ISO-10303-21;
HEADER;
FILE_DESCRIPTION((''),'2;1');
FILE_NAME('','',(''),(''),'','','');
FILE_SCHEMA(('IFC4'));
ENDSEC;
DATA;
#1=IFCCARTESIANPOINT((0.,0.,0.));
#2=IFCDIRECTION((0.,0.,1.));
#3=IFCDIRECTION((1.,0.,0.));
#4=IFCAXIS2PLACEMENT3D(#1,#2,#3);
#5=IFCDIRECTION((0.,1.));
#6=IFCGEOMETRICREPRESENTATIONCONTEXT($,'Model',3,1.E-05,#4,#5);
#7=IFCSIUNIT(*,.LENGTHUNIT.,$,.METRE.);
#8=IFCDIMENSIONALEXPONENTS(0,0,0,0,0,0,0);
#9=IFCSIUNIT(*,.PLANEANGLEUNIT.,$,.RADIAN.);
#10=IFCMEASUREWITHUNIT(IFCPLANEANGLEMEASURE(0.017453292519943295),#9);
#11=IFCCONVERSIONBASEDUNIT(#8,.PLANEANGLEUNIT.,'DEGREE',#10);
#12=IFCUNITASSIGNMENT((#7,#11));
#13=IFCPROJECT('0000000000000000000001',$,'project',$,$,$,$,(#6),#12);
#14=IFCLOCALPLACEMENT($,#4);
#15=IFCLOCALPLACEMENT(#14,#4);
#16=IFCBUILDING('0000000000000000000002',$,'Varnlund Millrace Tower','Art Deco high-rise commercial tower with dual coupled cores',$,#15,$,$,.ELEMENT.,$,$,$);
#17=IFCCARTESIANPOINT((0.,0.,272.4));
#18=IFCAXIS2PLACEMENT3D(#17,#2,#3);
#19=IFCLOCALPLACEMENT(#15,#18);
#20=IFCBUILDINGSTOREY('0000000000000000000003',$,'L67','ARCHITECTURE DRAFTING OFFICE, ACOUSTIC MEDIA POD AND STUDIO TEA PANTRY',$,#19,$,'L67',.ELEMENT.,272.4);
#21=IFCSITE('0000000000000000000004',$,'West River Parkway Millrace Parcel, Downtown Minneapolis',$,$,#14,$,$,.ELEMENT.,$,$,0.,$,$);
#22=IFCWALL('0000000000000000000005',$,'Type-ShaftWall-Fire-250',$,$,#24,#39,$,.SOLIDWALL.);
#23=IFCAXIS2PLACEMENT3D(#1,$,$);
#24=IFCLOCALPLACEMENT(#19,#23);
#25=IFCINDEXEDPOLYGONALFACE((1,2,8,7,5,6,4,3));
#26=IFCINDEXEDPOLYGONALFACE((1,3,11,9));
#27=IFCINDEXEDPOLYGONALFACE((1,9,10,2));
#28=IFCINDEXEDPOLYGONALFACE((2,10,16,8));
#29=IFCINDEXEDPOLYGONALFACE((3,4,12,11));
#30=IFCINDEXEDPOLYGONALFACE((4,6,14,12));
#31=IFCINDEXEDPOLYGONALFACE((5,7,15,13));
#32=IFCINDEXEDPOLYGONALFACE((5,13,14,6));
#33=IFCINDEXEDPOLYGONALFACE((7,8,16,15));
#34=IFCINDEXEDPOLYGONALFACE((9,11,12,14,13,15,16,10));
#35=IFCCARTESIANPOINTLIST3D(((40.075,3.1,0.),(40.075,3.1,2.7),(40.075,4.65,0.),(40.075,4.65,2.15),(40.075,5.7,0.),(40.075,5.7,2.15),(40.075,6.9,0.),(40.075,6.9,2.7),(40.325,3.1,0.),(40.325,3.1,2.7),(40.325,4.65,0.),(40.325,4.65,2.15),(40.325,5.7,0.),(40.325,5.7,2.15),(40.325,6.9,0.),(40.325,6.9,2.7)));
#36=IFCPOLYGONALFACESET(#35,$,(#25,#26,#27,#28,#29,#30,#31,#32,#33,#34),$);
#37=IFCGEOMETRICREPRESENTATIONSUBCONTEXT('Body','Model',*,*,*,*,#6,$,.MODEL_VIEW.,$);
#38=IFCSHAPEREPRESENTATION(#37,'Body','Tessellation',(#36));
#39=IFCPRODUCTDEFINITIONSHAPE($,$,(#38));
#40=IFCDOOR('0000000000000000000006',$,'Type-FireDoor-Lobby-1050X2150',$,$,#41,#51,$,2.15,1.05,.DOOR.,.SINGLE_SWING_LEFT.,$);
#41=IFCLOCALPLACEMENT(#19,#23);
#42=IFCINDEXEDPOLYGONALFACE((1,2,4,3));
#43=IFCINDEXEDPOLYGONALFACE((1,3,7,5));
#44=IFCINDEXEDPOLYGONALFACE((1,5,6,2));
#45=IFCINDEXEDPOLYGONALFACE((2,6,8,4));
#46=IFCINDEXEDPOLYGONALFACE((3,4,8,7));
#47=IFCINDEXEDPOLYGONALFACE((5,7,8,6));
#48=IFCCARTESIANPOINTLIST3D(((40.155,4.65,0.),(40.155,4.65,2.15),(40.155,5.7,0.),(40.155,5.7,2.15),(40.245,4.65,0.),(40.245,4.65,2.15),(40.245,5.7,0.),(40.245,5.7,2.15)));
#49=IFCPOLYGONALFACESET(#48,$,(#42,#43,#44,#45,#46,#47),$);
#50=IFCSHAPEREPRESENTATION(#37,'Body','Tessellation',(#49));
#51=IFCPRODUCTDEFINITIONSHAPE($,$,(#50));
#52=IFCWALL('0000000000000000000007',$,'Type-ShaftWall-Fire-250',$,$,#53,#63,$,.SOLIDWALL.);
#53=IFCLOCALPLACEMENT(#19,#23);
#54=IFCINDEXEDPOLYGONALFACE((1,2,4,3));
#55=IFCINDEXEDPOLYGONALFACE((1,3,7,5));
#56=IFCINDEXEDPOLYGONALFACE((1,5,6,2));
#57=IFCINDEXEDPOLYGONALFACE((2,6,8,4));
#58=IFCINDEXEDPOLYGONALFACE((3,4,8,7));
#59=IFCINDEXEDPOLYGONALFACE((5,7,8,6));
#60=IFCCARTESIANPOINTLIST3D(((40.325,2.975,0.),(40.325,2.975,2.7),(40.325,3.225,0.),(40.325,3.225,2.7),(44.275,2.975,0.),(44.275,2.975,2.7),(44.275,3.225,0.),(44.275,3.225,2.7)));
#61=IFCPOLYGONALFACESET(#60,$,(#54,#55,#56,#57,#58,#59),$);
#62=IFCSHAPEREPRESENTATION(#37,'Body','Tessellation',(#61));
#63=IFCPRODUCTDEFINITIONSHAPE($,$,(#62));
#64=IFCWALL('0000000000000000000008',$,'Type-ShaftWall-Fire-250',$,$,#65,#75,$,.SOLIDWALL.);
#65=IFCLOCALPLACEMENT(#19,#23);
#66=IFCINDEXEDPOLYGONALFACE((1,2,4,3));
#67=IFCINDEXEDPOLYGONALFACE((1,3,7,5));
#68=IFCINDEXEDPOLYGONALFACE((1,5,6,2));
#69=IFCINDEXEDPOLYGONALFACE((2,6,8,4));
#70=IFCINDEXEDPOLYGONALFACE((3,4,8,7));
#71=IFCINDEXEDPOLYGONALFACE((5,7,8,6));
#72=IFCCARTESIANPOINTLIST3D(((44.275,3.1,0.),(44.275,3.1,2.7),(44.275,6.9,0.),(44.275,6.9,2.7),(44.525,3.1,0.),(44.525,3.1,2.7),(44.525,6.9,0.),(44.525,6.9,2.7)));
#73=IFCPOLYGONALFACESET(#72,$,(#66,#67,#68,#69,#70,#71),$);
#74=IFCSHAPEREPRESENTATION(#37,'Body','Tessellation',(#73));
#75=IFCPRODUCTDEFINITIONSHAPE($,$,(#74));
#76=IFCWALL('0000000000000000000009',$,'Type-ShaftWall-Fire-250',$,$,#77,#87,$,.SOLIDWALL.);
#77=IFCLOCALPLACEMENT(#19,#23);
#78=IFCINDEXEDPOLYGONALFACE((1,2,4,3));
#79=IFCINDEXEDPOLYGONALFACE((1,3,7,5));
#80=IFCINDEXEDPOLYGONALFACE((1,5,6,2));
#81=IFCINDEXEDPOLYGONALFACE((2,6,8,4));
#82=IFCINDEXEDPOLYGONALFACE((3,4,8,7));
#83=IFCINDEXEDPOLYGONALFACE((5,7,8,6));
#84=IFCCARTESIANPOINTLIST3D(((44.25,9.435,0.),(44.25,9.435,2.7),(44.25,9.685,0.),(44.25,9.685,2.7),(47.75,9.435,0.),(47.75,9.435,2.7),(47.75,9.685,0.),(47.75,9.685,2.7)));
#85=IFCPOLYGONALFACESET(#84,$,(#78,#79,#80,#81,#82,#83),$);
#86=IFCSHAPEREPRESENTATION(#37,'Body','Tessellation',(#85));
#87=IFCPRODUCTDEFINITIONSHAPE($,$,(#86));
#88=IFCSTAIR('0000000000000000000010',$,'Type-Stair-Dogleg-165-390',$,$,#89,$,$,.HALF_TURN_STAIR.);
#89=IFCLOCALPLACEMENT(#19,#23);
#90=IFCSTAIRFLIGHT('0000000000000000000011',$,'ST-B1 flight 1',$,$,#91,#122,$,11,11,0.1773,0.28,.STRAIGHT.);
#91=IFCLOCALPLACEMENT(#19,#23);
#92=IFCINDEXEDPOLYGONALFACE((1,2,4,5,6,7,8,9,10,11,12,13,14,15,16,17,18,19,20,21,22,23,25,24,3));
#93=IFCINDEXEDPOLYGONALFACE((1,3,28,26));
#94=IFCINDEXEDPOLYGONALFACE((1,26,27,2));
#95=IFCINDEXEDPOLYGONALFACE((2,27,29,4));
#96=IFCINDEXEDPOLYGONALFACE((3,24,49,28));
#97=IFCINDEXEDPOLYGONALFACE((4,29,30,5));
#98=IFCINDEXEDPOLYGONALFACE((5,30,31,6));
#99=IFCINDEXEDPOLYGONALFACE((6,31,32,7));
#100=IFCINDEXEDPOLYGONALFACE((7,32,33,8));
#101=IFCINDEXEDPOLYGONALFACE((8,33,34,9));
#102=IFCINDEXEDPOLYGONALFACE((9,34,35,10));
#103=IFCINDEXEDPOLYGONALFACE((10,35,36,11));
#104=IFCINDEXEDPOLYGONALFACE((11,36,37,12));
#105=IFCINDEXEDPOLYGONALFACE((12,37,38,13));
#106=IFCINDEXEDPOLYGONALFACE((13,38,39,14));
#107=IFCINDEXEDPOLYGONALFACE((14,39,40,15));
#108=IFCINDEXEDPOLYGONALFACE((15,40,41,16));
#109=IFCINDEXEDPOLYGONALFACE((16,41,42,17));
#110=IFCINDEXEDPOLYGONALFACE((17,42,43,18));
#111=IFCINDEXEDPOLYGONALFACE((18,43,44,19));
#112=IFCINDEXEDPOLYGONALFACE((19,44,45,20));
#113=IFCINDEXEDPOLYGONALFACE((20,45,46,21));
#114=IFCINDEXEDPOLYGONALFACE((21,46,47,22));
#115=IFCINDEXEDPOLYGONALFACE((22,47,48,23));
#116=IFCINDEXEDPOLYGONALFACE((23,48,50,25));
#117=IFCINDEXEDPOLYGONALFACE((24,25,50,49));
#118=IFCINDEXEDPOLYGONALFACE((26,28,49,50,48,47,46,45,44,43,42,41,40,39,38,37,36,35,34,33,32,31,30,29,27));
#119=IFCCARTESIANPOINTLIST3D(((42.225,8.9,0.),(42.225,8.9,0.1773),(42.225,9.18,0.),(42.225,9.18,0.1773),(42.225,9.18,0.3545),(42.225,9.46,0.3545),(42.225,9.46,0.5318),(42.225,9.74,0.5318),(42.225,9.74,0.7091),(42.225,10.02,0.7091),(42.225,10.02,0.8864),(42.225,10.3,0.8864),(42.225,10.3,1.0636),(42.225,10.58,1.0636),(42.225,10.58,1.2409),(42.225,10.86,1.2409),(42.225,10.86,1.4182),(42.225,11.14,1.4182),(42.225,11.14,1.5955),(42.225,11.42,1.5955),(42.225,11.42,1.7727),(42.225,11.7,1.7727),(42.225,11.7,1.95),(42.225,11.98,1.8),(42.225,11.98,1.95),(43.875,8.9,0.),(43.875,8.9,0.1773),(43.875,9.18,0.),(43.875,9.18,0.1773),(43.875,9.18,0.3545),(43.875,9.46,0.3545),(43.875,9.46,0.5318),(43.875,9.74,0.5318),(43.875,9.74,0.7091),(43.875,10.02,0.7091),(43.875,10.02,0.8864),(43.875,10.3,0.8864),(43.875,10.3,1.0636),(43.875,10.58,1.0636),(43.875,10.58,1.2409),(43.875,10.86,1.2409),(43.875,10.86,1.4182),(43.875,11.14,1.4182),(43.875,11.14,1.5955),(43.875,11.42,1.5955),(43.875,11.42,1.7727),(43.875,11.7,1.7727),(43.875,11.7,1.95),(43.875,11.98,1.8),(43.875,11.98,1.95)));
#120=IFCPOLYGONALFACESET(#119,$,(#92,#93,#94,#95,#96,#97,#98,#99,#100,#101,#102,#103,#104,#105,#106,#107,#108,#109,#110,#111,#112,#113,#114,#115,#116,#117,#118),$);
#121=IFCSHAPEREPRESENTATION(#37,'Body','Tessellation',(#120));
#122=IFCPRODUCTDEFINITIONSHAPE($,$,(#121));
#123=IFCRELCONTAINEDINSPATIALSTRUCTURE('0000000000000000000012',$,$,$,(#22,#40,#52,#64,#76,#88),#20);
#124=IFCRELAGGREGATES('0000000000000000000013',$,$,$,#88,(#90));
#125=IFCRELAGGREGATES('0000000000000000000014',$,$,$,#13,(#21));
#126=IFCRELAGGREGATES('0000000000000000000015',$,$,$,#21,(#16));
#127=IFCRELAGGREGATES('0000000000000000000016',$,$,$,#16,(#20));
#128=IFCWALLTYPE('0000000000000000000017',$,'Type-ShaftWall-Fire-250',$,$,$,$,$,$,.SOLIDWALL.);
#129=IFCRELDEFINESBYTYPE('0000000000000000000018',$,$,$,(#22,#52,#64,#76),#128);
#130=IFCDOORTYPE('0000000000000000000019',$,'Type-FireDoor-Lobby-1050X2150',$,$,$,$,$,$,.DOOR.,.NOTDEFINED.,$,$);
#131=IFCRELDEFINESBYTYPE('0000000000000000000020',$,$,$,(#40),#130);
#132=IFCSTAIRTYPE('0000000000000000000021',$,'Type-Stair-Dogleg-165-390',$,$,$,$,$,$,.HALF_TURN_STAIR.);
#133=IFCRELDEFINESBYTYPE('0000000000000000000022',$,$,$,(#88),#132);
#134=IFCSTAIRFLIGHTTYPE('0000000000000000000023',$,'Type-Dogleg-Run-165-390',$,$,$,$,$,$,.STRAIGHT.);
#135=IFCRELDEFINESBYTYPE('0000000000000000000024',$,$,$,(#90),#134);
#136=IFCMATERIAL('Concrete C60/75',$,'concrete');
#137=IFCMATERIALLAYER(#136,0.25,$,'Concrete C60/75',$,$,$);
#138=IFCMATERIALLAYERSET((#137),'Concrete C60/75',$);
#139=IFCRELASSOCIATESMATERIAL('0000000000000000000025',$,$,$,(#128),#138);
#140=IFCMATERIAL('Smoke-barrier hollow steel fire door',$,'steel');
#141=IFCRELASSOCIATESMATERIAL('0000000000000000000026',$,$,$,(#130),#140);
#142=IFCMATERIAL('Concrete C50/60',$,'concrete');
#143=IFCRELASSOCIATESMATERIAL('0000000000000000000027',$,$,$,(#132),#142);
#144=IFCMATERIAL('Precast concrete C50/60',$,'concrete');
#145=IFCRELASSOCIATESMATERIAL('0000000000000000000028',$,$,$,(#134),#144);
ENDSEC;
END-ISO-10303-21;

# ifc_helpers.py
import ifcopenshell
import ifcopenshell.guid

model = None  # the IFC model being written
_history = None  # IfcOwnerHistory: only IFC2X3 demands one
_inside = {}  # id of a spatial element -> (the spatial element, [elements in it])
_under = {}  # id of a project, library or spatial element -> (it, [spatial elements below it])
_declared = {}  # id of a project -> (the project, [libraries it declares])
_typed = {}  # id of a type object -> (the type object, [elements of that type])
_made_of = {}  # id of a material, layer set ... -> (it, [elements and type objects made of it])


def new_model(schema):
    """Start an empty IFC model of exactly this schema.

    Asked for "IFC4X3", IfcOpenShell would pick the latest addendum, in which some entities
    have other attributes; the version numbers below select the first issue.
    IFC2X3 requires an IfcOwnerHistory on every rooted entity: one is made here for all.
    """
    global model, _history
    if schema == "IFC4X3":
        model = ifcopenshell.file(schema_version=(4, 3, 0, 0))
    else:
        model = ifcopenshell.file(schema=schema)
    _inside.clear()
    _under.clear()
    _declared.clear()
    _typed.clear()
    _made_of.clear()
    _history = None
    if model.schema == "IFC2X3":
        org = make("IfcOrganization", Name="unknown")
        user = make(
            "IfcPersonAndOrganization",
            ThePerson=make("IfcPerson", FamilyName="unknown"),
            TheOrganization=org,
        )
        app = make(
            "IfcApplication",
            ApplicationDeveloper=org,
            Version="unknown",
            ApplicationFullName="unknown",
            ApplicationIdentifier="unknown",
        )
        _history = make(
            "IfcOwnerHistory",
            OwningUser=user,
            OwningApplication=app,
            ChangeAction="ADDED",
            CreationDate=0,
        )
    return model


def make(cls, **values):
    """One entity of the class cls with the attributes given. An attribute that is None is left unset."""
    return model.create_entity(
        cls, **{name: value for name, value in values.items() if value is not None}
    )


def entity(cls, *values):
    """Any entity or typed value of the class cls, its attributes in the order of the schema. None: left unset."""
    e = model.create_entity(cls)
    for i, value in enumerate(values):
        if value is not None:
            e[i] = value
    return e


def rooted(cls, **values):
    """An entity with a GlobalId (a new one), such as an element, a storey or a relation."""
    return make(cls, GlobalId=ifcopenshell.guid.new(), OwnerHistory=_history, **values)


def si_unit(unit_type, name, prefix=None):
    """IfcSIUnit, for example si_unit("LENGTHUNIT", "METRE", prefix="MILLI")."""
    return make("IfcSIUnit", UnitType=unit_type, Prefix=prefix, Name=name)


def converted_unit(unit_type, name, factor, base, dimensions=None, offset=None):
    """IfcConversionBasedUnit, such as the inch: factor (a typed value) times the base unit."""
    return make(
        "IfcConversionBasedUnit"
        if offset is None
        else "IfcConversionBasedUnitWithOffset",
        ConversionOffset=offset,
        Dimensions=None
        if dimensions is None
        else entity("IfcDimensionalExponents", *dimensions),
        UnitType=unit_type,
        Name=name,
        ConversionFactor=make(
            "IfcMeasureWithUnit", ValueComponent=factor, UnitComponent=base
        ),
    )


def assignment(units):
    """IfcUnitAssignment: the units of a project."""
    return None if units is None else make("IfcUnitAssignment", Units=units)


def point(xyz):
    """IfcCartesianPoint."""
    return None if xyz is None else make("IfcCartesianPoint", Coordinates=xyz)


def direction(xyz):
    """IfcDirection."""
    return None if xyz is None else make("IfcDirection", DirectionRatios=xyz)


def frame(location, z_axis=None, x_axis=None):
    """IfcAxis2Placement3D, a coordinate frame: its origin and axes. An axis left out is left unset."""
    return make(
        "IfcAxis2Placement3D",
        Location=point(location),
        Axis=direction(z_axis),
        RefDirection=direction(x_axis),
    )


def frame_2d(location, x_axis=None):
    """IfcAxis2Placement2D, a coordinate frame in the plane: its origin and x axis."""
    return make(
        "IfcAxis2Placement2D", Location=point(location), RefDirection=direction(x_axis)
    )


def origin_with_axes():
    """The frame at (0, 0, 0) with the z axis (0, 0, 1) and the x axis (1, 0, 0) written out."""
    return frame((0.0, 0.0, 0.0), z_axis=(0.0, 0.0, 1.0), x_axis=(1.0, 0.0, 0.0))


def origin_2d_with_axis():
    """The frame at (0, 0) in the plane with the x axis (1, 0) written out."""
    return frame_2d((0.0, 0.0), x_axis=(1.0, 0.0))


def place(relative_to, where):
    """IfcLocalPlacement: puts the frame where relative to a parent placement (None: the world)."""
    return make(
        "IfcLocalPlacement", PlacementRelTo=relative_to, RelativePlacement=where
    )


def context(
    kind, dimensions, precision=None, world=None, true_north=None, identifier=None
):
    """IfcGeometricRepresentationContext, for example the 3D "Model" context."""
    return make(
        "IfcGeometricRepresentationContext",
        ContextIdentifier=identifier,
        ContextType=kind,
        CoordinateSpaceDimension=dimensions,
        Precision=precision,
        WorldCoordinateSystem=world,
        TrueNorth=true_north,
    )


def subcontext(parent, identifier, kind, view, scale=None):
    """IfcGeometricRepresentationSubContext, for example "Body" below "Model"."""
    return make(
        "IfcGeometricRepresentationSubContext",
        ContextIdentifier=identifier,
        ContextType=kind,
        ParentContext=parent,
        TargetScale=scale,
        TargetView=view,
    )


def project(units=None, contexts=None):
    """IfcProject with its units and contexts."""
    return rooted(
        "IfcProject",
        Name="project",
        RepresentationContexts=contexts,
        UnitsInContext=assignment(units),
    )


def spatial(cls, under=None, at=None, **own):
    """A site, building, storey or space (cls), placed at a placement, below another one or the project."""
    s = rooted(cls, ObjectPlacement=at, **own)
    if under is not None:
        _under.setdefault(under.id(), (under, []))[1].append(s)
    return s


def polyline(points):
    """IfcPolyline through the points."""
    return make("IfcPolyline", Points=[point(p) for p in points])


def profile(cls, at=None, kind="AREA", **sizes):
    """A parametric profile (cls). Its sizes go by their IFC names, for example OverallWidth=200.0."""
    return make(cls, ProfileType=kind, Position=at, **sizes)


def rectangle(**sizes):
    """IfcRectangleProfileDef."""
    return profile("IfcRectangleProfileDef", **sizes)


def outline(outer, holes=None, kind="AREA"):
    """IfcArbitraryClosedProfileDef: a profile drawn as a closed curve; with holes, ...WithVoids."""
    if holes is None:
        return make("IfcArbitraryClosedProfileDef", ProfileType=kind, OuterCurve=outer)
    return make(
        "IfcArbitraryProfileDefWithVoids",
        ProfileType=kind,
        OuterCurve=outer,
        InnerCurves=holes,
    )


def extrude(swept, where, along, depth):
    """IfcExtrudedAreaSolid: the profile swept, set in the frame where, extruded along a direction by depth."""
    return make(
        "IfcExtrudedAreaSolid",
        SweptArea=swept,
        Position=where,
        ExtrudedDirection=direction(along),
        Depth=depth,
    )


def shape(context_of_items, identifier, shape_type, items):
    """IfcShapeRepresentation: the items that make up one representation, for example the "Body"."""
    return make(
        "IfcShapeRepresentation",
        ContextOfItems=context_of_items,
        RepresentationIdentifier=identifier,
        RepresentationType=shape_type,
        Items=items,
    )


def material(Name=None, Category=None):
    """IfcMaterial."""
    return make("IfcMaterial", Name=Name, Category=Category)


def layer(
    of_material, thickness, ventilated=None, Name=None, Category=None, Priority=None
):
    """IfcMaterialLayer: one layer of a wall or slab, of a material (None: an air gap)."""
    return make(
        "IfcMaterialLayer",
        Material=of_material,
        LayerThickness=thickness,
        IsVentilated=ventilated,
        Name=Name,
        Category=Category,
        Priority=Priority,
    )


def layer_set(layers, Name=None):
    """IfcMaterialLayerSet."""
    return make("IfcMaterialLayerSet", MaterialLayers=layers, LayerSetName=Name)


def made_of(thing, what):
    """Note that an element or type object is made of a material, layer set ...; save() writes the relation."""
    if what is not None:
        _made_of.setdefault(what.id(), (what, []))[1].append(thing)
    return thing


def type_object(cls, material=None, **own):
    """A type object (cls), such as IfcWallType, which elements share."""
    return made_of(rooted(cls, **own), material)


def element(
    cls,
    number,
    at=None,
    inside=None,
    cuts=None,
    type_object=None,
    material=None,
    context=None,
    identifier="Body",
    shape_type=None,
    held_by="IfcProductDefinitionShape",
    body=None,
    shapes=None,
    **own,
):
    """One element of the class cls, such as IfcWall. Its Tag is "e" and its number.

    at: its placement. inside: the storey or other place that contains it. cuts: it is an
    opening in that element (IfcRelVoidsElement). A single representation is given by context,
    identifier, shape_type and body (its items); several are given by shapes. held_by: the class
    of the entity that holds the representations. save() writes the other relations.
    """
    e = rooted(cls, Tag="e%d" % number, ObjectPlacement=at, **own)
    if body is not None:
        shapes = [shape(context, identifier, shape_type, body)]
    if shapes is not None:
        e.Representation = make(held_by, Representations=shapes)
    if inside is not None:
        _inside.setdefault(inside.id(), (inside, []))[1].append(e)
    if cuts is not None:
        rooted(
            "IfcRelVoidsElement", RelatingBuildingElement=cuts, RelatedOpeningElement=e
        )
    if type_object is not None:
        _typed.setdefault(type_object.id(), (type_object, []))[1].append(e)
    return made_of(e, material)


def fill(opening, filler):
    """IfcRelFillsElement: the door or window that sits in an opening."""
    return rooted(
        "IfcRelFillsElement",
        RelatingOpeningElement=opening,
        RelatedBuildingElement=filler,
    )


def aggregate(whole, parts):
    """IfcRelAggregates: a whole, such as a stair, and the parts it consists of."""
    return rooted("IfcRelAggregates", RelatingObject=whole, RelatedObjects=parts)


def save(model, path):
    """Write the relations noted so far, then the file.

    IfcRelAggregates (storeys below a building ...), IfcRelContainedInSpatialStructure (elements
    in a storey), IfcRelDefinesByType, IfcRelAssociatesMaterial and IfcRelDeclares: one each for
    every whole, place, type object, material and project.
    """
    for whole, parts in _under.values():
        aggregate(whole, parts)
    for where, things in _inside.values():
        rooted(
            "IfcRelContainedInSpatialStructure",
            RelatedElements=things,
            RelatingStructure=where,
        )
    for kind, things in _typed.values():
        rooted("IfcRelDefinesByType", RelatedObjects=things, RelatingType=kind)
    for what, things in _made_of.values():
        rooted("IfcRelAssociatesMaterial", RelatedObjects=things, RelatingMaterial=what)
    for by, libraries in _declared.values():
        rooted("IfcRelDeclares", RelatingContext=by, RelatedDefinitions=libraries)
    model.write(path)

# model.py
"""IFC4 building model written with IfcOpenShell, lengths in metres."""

from ifc_helpers import new_model, entity, si_unit, converted_unit, direction, frame, origin_with_axes, origin_2d_with_axis, place, context, subcontext, project, spatial, polyline, rectangle, outline, extrude, material, layer, layer_set, type_object, element, fill, aggregate, save


model = new_model("IFC4")

# Units and contexts
model_context = context("Model", 3, precision=1e-05, world=origin_with_axes(), true_north=direction((0.0, 1.0)))
body_context = subcontext(model_context, "Body", "Model", "MODEL_VIEW")
ifc_project = project(units=[si_unit("LENGTHUNIT", "METRE"), converted_unit("PLANEANGLEUNIT", "DEGREE", entity("IfcPlaneAngleMeasure", 0.017453292519943295), si_unit("PLANEANGLEUNIT", "RADIAN"), dimensions=[0, 0, 0, 0, 0, 0, 0])], contexts=[model_context])

# Site, building, storey
site_placement = place(None, origin_with_axes())
site = spatial("IfcSite", under=ifc_project, at=site_placement, Name="West River Parkway Millrace Parcel, Downtown Minneapolis", CompositionType="ELEMENT", RefElevation=0.0)
building_placement = place(site_placement, origin_with_axes())
building = spatial("IfcBuilding", under=site, at=building_placement, Name="Varnlund Millrace Tower", Description="Art Deco high-rise commercial tower with dual coupled cores", CompositionType="ELEMENT")
storey_placement = place(building_placement, frame((0.0, 0.0, 272.4), z_axis=(0.0, 0.0, 1.0), x_axis=(1.0, 0.0, 0.0)))
storey = spatial("IfcBuildingStorey", under=building, at=storey_placement, Name="L67", Description="ARCHITECTURE DRAFTING OFFICE, ACOUSTIC MEDIA POD AND STUDIO TEA PANTRY", LongName="L67", CompositionType="ELEMENT", Elevation=272.4)

# Shared definitions
ifc_material_1 = material(Name="Concrete C60/75", Category="concrete")

# Wall, opening, door
ifc_layer = layer(ifc_material_1, 0.25, Name="Concrete C60/75")
ifc_layer_set = layer_set([ifc_layer], Name="Concrete C60/75")
wall_type = type_object("IfcWallType", Name="Type-ShaftWall-Fire-250", PredefinedType="SOLIDWALL", material=ifc_layer_set)
wall_1_placement = place(storey_placement, frame((40.2, 3.1, 0.0), z_axis=(0.0, 0.0, 1.0), x_axis=(0.0, 1.0, 0.0)))
wall_1 = element("IfcWall", 1, at=wall_1_placement, inside=storey, type_object=wall_type, Name="Type-ShaftWall-Fire-250", PredefinedType="SOLIDWALL", context=body_context, shape_type="SweptSolid", body=[
    extrude(outline(polyline([(0.0, -0.125), (3.8, -0.125), (3.8, 0.125), (0.0, 0.125), (0.0, -0.125)])), origin_with_axes(), (0.0, 0.0, 1.0), 2.7),
])
opening_1_placement = place(wall_1_placement, frame((2.075, 0.0, 0.0), z_axis=(0.0, 0.0, 1.0), x_axis=(1.0, 0.0, 0.0)))
opening_1 = element("IfcOpeningElement", 2, at=opening_1_placement, cuts=wall_1, PredefinedType="OPENING", context=body_context, shape_type="SweptSolid", body=[
    extrude(rectangle(XDim=1.05, YDim=0.27, at=origin_2d_with_axis()), origin_with_axes(), (0.0, 0.0, 1.0), 2.15),
])
ifc_material_2 = material(Name="Smoke-barrier hollow steel fire door", Category="steel")
door_type_1 = type_object("IfcDoorType", Name="Type-FireDoor-Lobby-1050X2150", OperationType="NOTDEFINED", PredefinedType="DOOR", material=ifc_material_2)
door_1_placement = place(wall_1_placement, frame((2.075, 0.0, 0.0), z_axis=(0.0, 0.0, 1.0), x_axis=(1.0, 0.0, 0.0)))
door_1 = element("IfcDoor", 3, at=door_1_placement, inside=storey, type_object=door_type_1, Name="Type-FireDoor-Lobby-1050X2150", OperationType="SINGLE_SWING_LEFT", OverallHeight=2.15, OverallWidth=1.05, PredefinedType="DOOR", context=body_context, shape_type="SweptSolid", body=[
    extrude(rectangle(XDim=1.05, YDim=0.09, at=origin_2d_with_axis()), origin_with_axes(), (0.0, 0.0, 1.0), 2.15),
])
fill(opening_1, door_1)

# Walls
wall_2_placement = place(storey_placement, frame((40.325, 3.1, 0.0), z_axis=(0.0, 0.0, 1.0), x_axis=(1.0, 0.0, 0.0)))
element("IfcWall", 4, at=wall_2_placement, inside=storey, type_object=wall_type, Name="Type-ShaftWall-Fire-250", PredefinedType="SOLIDWALL", context=body_context, shape_type="SweptSolid", body=[
    extrude(outline(polyline([(0.0, -0.125), (3.95, -0.125), (3.95, 0.125), (0.0, 0.125), (0.0, -0.125)])), origin_with_axes(), (0.0, 0.0, 1.0), 2.7),
])
wall_3_placement = place(storey_placement, frame((44.4, 3.1, 0.0), z_axis=(0.0, 0.0, 1.0), x_axis=(0.0, 1.0, 0.0)))
element("IfcWall", 5, at=wall_3_placement, inside=storey, type_object=wall_type, Name="Type-ShaftWall-Fire-250", PredefinedType="SOLIDWALL", context=body_context, shape_type="SweptSolid", body=[
    extrude(outline(polyline([(0.0, -0.125), (3.8, -0.125), (3.8, 0.125), (0.0, 0.125), (0.0, -0.125)])), origin_with_axes(), (0.0, 0.0, 1.0), 2.7),
])
wall_4_placement = place(storey_placement, frame((44.25, 9.56, 0.0), z_axis=(0.0, 0.0, 1.0), x_axis=(1.0, 0.0, 0.0)))
element("IfcWall", 6, at=wall_4_placement, inside=storey, type_object=wall_type, Name="Type-ShaftWall-Fire-250", PredefinedType="SOLIDWALL", context=body_context, shape_type="SweptSolid", body=[
    extrude(outline(polyline([(0.0, -0.125), (3.5, -0.125), (3.5, 0.125), (0.0, 0.125), (0.0, -0.125)])), origin_with_axes(), (0.0, 0.0, 1.0), 2.7),
])

# Stair, stair flight
ifc_material_3 = material(Name="Concrete C50/60", Category="concrete")
stair_type = type_object("IfcStairType", Name="Type-Stair-Dogleg-165-390", PredefinedType="HALF_TURN_STAIR", material=ifc_material_3)
stair_placement = place(storey_placement, origin_with_axes())
stair = element("IfcStair", 7, at=stair_placement, inside=storey, type_object=stair_type, Name="Type-Stair-Dogleg-165-390", PredefinedType="HALF_TURN_STAIR")
ifc_material_4 = material(Name="Precast concrete C50/60", Category="concrete")
stair_flight_type = type_object("IfcStairFlightType", Name="Type-Dogleg-Run-165-390", PredefinedType="STRAIGHT", material=ifc_material_4)
stair_flight_placement = place(storey_placement, frame((42.225, 8.9, 0.0), z_axis=(1.0, 0.0, 0.0), x_axis=(0.0, 1.0, 0.0)))
stair_flight = element("IfcStairFlight", 8, at=stair_flight_placement, type_object=stair_flight_type, Name="ST-B1 flight 1", NumberOfRisers=11, NumberOfTreads=11, PredefinedType="STRAIGHT", RiserHeight=0.1773, TreadLength=0.28, context=body_context, shape_type="SweptSolid", body=[
    extrude(outline(polyline([(0.0, 0.0), (0.0, 0.1773), (0.28, 0.1773), (0.28, 0.3545), (0.56, 0.3545), (0.56, 0.5318), (0.84, 0.5318), (0.84, 0.7091), (1.12, 0.7091), (1.12, 0.8864), (1.4, 0.8864), (1.4, 1.0636), (1.68, 1.0636), (1.68, 1.2409), (1.96, 1.2409), (1.96, 1.4182), (2.24, 1.4182), (2.24, 1.5955), (2.52, 1.5955), (2.52, 1.7727), (2.8, 1.7727), (2.8, 1.95), (3.08, 1.95), (3.08, 1.8), (0.28, 0.0), (0.0, 0.0)])), origin_with_axes(), (0.0, 0.0, 1.0), 1.65),
])
aggregate(stair, [stair_flight])

save(model, "model.ifc")
